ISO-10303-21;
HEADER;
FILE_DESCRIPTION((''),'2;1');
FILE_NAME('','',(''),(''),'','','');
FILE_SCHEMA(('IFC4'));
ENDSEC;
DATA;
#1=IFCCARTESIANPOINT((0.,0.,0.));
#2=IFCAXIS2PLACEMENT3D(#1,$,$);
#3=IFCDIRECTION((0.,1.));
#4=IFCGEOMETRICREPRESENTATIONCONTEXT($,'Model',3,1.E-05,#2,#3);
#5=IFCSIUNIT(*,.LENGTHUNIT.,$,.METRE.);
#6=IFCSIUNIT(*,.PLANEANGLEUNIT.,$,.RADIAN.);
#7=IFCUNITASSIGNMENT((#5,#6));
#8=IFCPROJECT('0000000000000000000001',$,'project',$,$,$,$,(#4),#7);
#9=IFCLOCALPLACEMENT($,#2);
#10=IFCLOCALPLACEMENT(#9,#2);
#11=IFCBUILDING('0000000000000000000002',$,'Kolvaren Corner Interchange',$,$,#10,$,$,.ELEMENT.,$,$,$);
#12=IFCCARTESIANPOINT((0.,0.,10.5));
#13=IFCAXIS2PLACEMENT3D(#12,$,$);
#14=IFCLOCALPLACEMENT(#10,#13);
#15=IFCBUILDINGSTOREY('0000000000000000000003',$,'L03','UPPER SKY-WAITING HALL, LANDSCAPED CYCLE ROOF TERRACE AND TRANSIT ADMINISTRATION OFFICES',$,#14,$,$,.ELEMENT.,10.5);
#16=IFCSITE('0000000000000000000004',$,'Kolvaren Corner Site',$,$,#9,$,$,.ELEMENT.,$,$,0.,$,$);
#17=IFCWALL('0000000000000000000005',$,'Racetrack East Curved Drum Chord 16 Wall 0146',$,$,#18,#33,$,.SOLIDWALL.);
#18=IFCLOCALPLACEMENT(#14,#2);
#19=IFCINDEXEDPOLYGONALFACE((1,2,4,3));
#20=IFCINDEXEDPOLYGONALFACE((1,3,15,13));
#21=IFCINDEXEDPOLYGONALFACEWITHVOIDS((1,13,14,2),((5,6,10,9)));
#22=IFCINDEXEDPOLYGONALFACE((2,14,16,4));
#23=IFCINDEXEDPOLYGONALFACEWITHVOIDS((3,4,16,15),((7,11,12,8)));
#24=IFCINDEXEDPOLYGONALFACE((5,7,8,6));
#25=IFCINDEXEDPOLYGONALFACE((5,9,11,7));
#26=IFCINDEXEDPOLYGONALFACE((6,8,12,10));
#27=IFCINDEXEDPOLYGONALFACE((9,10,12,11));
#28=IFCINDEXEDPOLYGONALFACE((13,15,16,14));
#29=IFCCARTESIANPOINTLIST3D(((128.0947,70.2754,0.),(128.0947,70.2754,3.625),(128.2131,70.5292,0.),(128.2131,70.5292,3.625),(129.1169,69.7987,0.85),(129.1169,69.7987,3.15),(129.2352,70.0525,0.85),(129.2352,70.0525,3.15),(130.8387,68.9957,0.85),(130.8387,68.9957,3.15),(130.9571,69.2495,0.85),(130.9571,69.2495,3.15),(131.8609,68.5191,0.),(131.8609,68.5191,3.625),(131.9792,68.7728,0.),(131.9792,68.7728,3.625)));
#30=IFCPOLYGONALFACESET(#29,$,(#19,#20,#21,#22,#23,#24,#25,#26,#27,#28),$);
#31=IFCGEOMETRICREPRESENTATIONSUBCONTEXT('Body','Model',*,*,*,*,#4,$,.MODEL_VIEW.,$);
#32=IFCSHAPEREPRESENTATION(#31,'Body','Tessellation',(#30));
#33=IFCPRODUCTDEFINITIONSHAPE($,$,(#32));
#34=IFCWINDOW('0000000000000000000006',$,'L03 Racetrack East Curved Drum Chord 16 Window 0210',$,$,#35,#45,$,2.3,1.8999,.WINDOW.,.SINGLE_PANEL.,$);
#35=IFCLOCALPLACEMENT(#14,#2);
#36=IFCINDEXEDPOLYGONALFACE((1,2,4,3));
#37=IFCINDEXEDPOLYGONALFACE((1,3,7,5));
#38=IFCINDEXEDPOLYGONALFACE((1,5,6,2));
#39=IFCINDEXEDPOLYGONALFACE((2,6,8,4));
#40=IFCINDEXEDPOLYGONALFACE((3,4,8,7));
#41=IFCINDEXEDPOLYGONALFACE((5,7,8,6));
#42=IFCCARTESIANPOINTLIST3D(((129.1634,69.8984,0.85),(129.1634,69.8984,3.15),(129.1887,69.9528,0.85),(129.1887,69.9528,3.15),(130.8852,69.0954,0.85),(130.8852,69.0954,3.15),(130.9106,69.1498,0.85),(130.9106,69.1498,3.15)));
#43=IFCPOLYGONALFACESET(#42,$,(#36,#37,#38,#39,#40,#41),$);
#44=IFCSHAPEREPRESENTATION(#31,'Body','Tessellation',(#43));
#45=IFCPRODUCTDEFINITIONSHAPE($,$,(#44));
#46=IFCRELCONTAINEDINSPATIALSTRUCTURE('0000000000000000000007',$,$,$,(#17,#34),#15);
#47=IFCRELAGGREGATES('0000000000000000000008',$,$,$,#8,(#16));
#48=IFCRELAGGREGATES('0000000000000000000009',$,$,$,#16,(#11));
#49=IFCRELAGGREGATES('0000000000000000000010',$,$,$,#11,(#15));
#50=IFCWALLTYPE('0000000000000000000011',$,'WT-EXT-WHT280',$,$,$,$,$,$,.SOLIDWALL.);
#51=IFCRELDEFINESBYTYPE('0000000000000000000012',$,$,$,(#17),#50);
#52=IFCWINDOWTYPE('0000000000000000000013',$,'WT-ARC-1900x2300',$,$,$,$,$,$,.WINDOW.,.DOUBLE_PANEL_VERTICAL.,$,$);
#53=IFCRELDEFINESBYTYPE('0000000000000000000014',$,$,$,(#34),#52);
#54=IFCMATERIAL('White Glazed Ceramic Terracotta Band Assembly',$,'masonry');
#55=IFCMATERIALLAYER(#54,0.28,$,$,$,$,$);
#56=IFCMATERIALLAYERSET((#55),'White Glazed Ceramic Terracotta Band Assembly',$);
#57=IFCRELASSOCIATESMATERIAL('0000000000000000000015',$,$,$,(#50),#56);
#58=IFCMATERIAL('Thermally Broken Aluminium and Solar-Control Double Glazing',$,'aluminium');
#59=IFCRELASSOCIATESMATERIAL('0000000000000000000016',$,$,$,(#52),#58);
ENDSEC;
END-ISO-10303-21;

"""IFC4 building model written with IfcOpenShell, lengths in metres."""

from ifc_helpers import new_model, si_unit, direction, frame, frame_2d, origin, place, context, subcontext, project, spatial, rectangle, extrude, material, layer, layer_set, type_object, element, fill, save


model = new_model("IFC4")

# Units and contexts
model_context = context("Model", 3, precision=1e-05, world=origin(), true_north=direction((0.0, 1.0)))
body_context = subcontext(model_context, "Body", "Model", "MODEL_VIEW")
ifc_project = project(units=[si_unit("LENGTHUNIT", "METRE"), si_unit("PLANEANGLEUNIT", "RADIAN")], contexts=[model_context])

# Site, building, storey
site_placement = place(None, origin())
site = spatial("IfcSite", under=ifc_project, at=site_placement, Name="Kolvaren Corner Site", CompositionType="ELEMENT", RefElevation=0.0)
building_placement = place(site_placement, origin())
building = spatial("IfcBuilding", under=site, at=building_placement, Name="Kolvaren Corner Interchange", CompositionType="ELEMENT")
storey_placement = place(building_placement, frame((0.0, 0.0, 10.5)))
storey = spatial("IfcBuildingStorey", under=building, at=storey_placement, Name="L03", Description="UPPER SKY-WAITING HALL, LANDSCAPED CYCLE ROOF TERRACE AND TRANSIT ADMINISTRATION OFFICES", CompositionType="ELEMENT", Elevation=10.5)

# Wall, opening, window
ifc_material_1 = material(Name="White Glazed Ceramic Terracotta Band Assembly", Category="masonry")
ifc_layer_1 = layer(ifc_material_1, 0.28)
ifc_layer_set_1 = layer_set([ifc_layer_1], Name="White Glazed Ceramic Terracotta Band Assembly")
wall_type = type_object("IfcWallType", Name="WT-EXT-WHT280", PredefinedType="SOLIDWALL", material=ifc_layer_set_1)
ifc_material_2 = material(Name="Thermally Broken Aluminium and Solar-Control Double Glazing", Category="aluminium")
window_type = type_object("IfcWindowType", Name="WT-ARC-1900x2300", PartitioningType="DOUBLE_PANEL_VERTICAL", PredefinedType="WINDOW", material=ifc_material_2)
wall_1_placement = place(storey_placement, frame((131.9199, 68.646, 0.0), z_axis=(0.0, 0.0, 1.0), x_axis=(-0.906291, 0.422654, 0.0)))
wall_1 = element("IfcWall", 1, at=wall_1_placement, inside=storey, type_object=wall_type, Name="Racetrack East Curved Drum Chord 16 Wall 0146", PredefinedType="SOLIDWALL", context=body_context, shape_type="SweptSolid", body=[
    extrude(rectangle(XDim=4.1555, YDim=0.28, at=frame_2d((2.0776, 0.0))), origin(), (0.0, 0.0, 1.0), 3.625),
])
opening_1_placement = place(wall_1_placement, frame((1.1277, 0.0, 0.8501)))
opening_1 = element("IfcOpeningElement", 2, at=opening_1_placement, cuts=wall_1, PredefinedType="OPENING", context=body_context, shape_type="SweptSolid", body=[
    extrude(rectangle(XDim=1.8999, YDim=2.3, at=frame_2d((0.95, 1.1499))), frame((0.0, 0.1499, 0.0), z_axis=(0.0, -1.0, 0.0), x_axis=(1.0, 0.0, 0.0)), (0.0, 0.0, 1.0), 0.3),
])
window_1_placement = place(opening_1_placement, origin())
window_1 = element("IfcWindow", 3, at=window_1_placement, inside=storey, type_object=window_type, Name="L03 Racetrack East Curved Drum Chord 16 Window 0210", OverallHeight=2.3, OverallWidth=1.8999, PartitioningType="SINGLE_PANEL", PredefinedType="WINDOW", context=body_context, shape_type="SweptSolid", body=[
    extrude(rectangle(XDim=1.8999, YDim=2.3, at=frame_2d((0.95, 1.1499))), frame((0.0, 0.03, 0.0), z_axis=(0.0, -1.0, 0.0), x_axis=(1.0, 0.0, 0.0)), (0.0, 0.0, 1.0), 0.0601),
])
fill(opening_1, window_1)

save(model, "model.ifc")
